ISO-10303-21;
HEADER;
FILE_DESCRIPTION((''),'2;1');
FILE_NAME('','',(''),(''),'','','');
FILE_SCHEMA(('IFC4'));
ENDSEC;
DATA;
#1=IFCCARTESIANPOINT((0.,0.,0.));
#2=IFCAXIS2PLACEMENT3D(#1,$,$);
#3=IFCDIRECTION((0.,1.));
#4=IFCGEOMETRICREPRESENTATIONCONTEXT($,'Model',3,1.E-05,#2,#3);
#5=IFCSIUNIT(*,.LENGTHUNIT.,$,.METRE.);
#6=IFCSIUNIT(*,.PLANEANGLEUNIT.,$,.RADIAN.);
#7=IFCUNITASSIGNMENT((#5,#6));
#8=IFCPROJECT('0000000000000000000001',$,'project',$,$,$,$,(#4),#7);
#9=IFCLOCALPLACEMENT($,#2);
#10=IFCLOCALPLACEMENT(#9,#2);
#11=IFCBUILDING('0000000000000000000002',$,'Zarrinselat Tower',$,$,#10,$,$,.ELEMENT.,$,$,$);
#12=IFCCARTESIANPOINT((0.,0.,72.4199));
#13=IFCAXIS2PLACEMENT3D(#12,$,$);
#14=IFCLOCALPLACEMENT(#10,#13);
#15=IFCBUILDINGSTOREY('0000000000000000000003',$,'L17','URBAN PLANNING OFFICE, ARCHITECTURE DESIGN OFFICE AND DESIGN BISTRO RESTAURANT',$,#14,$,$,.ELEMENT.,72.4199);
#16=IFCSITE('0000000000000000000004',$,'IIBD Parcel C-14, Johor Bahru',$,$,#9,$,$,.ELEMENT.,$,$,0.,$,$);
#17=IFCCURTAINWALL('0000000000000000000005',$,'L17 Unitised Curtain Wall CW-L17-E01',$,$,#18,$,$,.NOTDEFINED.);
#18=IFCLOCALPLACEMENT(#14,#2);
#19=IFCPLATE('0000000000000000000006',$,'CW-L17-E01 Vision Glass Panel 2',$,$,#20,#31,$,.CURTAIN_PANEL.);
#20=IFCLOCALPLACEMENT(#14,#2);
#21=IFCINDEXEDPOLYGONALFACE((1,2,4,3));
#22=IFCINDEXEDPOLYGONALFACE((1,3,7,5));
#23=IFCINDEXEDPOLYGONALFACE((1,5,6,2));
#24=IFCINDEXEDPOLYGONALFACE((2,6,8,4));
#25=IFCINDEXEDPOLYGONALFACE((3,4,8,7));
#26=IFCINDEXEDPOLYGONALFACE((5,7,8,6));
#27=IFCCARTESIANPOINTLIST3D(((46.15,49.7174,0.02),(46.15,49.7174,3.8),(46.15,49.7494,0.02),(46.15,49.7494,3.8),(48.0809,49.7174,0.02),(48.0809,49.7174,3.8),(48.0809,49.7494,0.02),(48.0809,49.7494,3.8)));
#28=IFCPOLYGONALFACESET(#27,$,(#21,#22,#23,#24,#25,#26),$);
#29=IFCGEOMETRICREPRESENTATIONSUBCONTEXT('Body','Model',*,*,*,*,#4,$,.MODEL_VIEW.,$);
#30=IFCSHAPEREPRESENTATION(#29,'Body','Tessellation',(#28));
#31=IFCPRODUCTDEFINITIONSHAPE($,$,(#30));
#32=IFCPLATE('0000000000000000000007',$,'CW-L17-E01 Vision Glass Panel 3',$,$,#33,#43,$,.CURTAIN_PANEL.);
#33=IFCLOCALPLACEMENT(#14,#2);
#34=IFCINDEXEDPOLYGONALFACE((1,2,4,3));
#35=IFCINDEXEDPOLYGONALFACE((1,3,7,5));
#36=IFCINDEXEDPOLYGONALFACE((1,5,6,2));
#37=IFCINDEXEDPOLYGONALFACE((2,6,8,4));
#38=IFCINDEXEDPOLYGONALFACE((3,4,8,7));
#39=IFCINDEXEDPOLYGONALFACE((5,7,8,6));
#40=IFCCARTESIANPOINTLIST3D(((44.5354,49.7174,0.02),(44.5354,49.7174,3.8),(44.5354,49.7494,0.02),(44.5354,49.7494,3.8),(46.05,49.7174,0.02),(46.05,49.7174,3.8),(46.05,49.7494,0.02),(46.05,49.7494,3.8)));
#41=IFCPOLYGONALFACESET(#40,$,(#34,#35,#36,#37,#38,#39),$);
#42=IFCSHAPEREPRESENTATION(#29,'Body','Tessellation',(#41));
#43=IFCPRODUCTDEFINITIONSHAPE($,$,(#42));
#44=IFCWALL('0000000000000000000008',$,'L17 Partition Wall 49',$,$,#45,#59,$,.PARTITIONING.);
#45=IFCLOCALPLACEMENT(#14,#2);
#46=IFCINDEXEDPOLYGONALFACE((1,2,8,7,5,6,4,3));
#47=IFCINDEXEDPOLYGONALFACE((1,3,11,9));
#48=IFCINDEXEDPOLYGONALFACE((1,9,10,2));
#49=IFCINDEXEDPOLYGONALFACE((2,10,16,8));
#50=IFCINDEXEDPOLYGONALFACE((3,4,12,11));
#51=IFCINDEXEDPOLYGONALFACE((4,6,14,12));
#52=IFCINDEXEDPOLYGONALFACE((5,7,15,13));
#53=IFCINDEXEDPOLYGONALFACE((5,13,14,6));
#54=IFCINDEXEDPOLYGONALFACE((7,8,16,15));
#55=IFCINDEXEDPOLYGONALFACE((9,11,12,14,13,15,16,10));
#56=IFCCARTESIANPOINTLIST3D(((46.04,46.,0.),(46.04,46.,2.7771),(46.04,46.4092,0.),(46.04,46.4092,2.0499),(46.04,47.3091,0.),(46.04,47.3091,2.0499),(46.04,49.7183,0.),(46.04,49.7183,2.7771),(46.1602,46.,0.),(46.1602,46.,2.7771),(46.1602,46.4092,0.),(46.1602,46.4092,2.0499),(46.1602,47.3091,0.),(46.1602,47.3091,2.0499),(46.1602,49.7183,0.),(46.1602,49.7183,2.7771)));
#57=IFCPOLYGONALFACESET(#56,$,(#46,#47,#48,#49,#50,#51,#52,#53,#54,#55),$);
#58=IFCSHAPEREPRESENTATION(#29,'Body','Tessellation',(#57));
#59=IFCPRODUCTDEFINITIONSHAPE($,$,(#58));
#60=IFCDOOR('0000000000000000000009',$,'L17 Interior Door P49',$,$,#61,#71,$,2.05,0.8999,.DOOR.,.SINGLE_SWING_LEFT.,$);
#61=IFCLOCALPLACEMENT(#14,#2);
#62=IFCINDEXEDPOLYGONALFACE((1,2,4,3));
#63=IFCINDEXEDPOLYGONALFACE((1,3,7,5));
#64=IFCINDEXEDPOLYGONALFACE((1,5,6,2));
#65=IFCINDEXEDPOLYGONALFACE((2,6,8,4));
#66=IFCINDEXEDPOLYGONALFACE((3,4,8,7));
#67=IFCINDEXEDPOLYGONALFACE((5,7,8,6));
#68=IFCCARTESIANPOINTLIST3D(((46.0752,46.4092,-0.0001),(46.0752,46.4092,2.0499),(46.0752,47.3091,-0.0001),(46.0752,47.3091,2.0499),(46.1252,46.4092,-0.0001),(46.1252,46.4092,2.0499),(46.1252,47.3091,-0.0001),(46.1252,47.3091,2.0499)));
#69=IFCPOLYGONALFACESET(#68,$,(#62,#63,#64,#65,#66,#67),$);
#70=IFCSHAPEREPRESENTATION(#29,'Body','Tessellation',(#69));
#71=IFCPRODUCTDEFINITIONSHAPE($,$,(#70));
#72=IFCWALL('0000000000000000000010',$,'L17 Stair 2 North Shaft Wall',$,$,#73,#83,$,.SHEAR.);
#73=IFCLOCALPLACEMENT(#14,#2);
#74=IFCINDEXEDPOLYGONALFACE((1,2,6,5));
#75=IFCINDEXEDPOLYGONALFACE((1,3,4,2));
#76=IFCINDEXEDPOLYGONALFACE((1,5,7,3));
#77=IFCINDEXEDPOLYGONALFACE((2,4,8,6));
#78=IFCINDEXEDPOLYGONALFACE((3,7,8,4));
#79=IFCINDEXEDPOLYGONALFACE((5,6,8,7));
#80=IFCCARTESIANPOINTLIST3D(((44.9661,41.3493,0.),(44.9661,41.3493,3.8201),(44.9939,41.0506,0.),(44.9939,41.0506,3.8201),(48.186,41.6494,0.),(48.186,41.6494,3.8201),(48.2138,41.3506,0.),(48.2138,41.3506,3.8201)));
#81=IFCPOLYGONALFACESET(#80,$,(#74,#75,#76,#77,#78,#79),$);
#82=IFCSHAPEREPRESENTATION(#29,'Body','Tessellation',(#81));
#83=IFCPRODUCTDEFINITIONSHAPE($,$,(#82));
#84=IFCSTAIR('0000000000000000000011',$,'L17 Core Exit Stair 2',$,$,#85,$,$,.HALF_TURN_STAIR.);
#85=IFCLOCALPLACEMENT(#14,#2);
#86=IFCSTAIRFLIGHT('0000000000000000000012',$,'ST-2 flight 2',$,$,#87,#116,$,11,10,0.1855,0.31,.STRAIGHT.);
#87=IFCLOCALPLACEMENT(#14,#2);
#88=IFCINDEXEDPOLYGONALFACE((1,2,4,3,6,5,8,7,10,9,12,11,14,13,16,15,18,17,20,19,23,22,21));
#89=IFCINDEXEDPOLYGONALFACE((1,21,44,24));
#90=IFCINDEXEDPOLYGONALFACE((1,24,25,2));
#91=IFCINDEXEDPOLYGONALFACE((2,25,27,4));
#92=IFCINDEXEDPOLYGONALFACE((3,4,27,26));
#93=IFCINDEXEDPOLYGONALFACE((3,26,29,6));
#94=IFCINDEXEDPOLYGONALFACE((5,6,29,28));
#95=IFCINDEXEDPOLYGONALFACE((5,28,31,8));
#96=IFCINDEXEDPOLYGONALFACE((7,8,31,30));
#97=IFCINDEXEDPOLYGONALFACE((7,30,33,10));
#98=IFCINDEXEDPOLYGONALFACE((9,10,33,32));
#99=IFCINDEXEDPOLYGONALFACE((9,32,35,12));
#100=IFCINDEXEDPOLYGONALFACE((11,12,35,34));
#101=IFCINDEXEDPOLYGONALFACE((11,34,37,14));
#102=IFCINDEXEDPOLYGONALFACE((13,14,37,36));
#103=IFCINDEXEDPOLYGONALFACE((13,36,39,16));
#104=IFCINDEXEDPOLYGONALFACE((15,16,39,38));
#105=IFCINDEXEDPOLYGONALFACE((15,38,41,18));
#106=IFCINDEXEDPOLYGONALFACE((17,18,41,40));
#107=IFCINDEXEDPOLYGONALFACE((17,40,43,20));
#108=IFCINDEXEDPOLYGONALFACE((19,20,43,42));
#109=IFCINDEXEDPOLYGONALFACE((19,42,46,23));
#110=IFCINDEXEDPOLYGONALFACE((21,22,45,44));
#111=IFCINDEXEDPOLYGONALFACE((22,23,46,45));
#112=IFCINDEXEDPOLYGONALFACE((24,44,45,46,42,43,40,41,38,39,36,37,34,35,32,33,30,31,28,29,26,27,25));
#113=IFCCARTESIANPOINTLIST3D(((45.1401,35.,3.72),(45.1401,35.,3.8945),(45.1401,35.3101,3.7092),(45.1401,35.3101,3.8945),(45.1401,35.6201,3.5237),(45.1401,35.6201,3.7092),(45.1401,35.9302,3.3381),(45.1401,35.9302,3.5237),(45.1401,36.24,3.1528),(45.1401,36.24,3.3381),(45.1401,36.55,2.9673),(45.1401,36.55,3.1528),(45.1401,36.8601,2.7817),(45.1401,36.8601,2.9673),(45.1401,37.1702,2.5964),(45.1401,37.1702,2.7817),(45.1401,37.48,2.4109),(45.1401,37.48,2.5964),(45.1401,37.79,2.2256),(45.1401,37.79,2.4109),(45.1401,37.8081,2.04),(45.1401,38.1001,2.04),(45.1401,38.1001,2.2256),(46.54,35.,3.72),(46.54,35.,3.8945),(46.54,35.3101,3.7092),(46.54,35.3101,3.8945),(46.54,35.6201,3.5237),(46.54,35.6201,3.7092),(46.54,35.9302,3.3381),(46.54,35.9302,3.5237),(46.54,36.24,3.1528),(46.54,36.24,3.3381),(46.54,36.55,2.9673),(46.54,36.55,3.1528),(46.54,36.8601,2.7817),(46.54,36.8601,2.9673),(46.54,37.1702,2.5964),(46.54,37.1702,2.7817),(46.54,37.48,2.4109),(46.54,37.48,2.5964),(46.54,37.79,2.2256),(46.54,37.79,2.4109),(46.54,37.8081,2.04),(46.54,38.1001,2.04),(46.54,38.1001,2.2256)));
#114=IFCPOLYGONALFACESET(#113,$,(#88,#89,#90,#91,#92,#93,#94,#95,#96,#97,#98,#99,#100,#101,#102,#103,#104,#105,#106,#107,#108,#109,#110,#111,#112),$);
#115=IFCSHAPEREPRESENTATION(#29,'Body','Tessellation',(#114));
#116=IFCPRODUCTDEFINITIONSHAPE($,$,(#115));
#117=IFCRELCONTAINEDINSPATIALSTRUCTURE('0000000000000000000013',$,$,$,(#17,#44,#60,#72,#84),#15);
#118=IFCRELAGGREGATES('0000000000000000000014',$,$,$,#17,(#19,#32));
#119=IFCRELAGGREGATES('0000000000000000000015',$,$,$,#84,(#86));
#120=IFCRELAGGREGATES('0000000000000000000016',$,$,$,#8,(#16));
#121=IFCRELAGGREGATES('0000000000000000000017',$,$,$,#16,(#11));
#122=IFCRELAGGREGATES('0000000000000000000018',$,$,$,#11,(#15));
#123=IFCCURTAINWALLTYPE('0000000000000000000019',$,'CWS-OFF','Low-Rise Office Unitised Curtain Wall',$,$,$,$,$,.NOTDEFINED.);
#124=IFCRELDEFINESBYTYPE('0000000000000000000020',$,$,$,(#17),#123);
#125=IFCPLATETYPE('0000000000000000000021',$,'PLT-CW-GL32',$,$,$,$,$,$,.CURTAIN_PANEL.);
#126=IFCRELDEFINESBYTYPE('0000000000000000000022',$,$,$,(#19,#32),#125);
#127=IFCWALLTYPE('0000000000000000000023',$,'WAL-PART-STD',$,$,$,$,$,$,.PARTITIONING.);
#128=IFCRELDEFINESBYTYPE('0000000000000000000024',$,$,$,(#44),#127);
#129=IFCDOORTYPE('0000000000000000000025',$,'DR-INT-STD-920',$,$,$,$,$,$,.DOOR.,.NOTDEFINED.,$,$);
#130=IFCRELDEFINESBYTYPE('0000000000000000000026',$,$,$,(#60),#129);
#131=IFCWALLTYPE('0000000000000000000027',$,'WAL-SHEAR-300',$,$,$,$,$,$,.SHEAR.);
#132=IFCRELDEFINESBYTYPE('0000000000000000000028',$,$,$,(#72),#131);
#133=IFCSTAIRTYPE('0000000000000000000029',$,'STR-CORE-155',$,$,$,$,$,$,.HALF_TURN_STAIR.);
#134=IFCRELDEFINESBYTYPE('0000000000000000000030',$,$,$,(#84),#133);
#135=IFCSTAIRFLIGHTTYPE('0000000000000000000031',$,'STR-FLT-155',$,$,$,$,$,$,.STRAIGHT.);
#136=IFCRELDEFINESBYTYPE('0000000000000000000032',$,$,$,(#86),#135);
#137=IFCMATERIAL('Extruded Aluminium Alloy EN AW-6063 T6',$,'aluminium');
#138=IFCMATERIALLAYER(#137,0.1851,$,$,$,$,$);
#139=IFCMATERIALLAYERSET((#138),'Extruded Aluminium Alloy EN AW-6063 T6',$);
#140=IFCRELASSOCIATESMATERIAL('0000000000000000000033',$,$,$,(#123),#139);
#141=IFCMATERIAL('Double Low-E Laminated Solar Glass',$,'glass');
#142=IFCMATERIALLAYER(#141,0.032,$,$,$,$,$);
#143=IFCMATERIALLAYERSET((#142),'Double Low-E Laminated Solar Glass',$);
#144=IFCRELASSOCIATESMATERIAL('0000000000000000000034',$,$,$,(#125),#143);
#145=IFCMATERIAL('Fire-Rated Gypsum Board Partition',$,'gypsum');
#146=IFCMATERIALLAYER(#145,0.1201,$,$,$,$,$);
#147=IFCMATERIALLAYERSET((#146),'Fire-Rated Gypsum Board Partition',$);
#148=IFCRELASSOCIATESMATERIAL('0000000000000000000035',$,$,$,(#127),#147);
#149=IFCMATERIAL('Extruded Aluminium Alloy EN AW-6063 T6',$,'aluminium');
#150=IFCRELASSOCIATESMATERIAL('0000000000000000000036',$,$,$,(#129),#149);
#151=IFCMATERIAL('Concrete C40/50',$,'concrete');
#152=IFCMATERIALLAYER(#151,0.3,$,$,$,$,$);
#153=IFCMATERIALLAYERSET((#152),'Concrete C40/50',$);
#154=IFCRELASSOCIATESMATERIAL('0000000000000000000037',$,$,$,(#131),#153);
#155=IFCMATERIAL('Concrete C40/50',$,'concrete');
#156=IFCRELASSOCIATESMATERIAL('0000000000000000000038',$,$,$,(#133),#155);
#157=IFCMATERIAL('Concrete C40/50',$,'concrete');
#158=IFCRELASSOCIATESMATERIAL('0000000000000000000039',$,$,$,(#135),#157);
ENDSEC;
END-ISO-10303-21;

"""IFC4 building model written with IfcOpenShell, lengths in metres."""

from ifc_helpers import new_model, si_unit, direction, frame, frame_2d, origin, origin_2d, place, context, subcontext, project, spatial, polyline, rectangle, outline, extrude, material, layer, layer_set, type_object, element, fill, aggregate, save


model = new_model("IFC4")

# Units and contexts
model_context = context("Model", 3, precision=1e-05, world=origin(), true_north=direction((0.0, 1.0)))
body_context = subcontext(model_context, "Body", "Model", "MODEL_VIEW")
ifc_project = project(units=[si_unit("LENGTHUNIT", "METRE"), si_unit("PLANEANGLEUNIT", "RADIAN")], contexts=[model_context])

# Site, building, storey
site_placement = place(None, origin())
site = spatial("IfcSite", under=ifc_project, at=site_placement, Name="IIBD Parcel C-14, Johor Bahru", CompositionType="ELEMENT", RefElevation=0.0)
building_placement = place(site_placement, origin())
building = spatial("IfcBuilding", under=site, at=building_placement, Name="Zarrinselat Tower", CompositionType="ELEMENT")
storey_placement = place(building_placement, frame((0.0, 0.0, 72.4199)))
storey = spatial("IfcBuildingStorey", under=building, at=storey_placement, Name="L17", Description="URBAN PLANNING OFFICE, ARCHITECTURE DESIGN OFFICE AND DESIGN BISTRO RESTAURANT", CompositionType="ELEMENT", Elevation=72.4199)

# Curtain wall, plates
ifc_material_1 = material(Name="Extruded Aluminium Alloy EN AW-6063 T6", Category="aluminium")
ifc_layer_1 = layer(ifc_material_1, 0.1851)
ifc_layer_set_1 = layer_set([ifc_layer_1], Name="Extruded Aluminium Alloy EN AW-6063 T6")
curtain_wall_type = type_object("IfcCurtainWallType", Name="CWS-OFF", Description="Low-Rise Office Unitised Curtain Wall", PredefinedType="NOTDEFINED", material=ifc_layer_set_1)
curtain_wall_placement = place(storey_placement, origin())
curtain_wall = element("IfcCurtainWall", 1, at=curtain_wall_placement, inside=storey, type_object=curtain_wall_type, Name="L17 Unitised Curtain Wall CW-L17-E01", PredefinedType="NOTDEFINED")
ifc_material_2 = material(Name="Double Low-E Laminated Solar Glass", Category="glass")
ifc_layer_2 = layer(ifc_material_2, 0.032)
ifc_layer_set_2 = layer_set([ifc_layer_2], Name="Double Low-E Laminated Solar Glass")
plate_type = type_object("IfcPlateType", Name="PLT-CW-GL32", PredefinedType="CURTAIN_PANEL", material=ifc_layer_set_2)
plate_1_placement = place(storey_placement, frame((47.1155, 49.7334, 0.02), z_axis=(0.0, 0.0, 1.0), x_axis=(-1.0, 0.0, 0.0)))
plate_1 = element("IfcPlate", 2, at=plate_1_placement, type_object=plate_type, Name="CW-L17-E01 Vision Glass Panel 2", PredefinedType="CURTAIN_PANEL", context=body_context, shape_type="SweptSolid", body=[
    extrude(rectangle(XDim=1.9309, YDim=0.032, at=origin_2d()), origin(), (0.0, 0.0, 1.0), 3.78),
])
plate_2_placement = place(storey_placement, frame((45.2927, 49.7334, 0.02), z_axis=(0.0, 0.0, 1.0), x_axis=(-1.0, 0.0, 0.0)))
plate_2 = element("IfcPlate", 3, at=plate_2_placement, type_object=plate_type, Name="CW-L17-E01 Vision Glass Panel 3", PredefinedType="CURTAIN_PANEL", context=body_context, shape_type="SweptSolid", body=[
    extrude(rectangle(XDim=1.5146, YDim=0.032, at=origin_2d()), origin(), (0.0, 0.0, 1.0), 3.78),
])
aggregate(curtain_wall, [plate_1, plate_2])

# Wall, opening, door
ifc_material_3 = material(Name="Fire-Rated Gypsum Board Partition", Category="gypsum")
ifc_layer_3 = layer(ifc_material_3, 0.1201)
ifc_layer_set_3 = layer_set([ifc_layer_3], Name="Fire-Rated Gypsum Board Partition")
wall_type_1 = type_object("IfcWallType", Name="WAL-PART-STD", PredefinedType="PARTITIONING", material=ifc_layer_set_3)
wall_1_placement = place(storey_placement, frame((46.1001, 46.0, 0.0), z_axis=(0.0, 0.0, 1.0), x_axis=(0.0, 1.0, 0.0)))
wall_1 = element("IfcWall", 4, at=wall_1_placement, inside=storey, type_object=wall_type_1, Name="L17 Partition Wall 49", PredefinedType="PARTITIONING", context=body_context, shape_type="SweptSolid", body=[
    extrude(rectangle(XDim=3.7183, YDim=0.1201, at=frame_2d((1.8591, 0.0))), origin(), (0.0, 0.0, 1.0), 2.7771),
])
opening_placement = place(wall_1_placement, frame((0.4092, 0.0, 0.0)))
opening = element("IfcOpeningElement", 5, at=opening_placement, cuts=wall_1, PredefinedType="OPENING", context=body_context, shape_type="SweptSolid", body=[
    extrude(rectangle(XDim=0.8999, YDim=2.05, at=frame_2d((0.45, 1.0249))), frame((0.0, 0.0701, 0.0), z_axis=(0.0, -1.0, 0.0), x_axis=(1.0, 0.0, 0.0)), (0.0, 0.0, 1.0), 0.1401),
])
ifc_material_4 = material(Name="Extruded Aluminium Alloy EN AW-6063 T6", Category="aluminium")
door_type = type_object("IfcDoorType", Name="DR-INT-STD-920", OperationType="NOTDEFINED", PredefinedType="DOOR", material=ifc_material_4)
door_placement = place(opening_placement, origin())
door = element("IfcDoor", 6, at=door_placement, inside=storey, type_object=door_type, Name="L17 Interior Door P49", OperationType="SINGLE_SWING_LEFT", OverallHeight=2.05, OverallWidth=0.8999, PredefinedType="DOOR", context=body_context, shape_type="SweptSolid", body=[
    extrude(rectangle(XDim=0.8999, YDim=2.05, at=frame_2d((0.45, 1.0249))), frame((0.0, 0.0249, 0.0), z_axis=(0.0, -1.0, 0.0), x_axis=(1.0, 0.0, 0.0)), (0.0, 0.0, 1.0), 0.05),
])
fill(opening, door)

# Wall
ifc_material_5 = material(Name="Concrete C40/50", Category="concrete")
ifc_layer_4 = layer(ifc_material_5, 0.3)
ifc_layer_set_4 = layer_set([ifc_layer_4], Name="Concrete C40/50")
wall_type_2 = type_object("IfcWallType", Name="WAL-SHEAR-300", PredefinedType="SHEAR", material=ifc_layer_set_4)
wall_2_placement = place(storey_placement, frame((44.98, 41.2, 0.0), z_axis=(0.0, 0.0, 1.0), x_axis=(0.995686, 0.092782, 0.0)))
element("IfcWall", 7, at=wall_2_placement, inside=storey, type_object=wall_type_2, Name="L17 Stair 2 North Shaft Wall", PredefinedType="SHEAR", context=body_context, shape_type="SweptSolid", body=[
    extrude(rectangle(XDim=3.2339, YDim=0.3, at=frame_2d((1.6169, 0.0))), origin(), (0.0, 0.0, 1.0), 3.8201),
])

# Stair, stair flight
ifc_material_6 = material(Name="Concrete C40/50", Category="concrete")
stair_type = type_object("IfcStairType", Name="STR-CORE-155", PredefinedType="HALF_TURN_STAIR", material=ifc_material_6)
stair_placement = place(storey_placement, origin())
stair = element("IfcStair", 8, at=stair_placement, inside=storey, type_object=stair_type, Name="L17 Core Exit Stair 2", PredefinedType="HALF_TURN_STAIR")
ifc_material_7 = material(Name="Concrete C40/50", Category="concrete")
stair_flight_type = type_object("IfcStairFlightType", Name="STR-FLT-155", PredefinedType="STRAIGHT", material=ifc_material_7)
stair_flight_placement = place(storey_placement, frame((45.8401, 38.1001, 2.04), z_axis=(0.0, 0.0, 1.0), x_axis=(0.0, -1.0, 0.0)))
stair_flight = element("IfcStairFlight", 9, at=stair_flight_placement, type_object=stair_flight_type, Name="ST-2 flight 2", NumberOfRisers=11, NumberOfTreads=10, PredefinedType="STRAIGHT", RiserHeight=0.1855, TreadLength=0.31, context=body_context, shape_type="SweptSolid", body=[
    extrude(outline(polyline([(0.0, 0.0), (0.0, 0.1855), (0.3101, 0.1855), (0.3101, 0.3708), (0.6201, 0.3708), (0.6201, 0.5564), (0.9299, 0.5564), (0.9299, 0.7417), (1.24, 0.7417), (1.24, 0.9272), (1.55, 0.9272), (1.55, 1.1128), (1.8601, 1.1128), (1.8601, 1.2981), (2.1699, 1.2981), (2.1699, 1.4836), (2.48, 1.4836), (2.48, 1.6692), (2.79, 1.6692), (2.79, 1.8545), (3.1001, 1.8545), (3.1001, 2.04), (3.1001, 1.6799), (0.292, 0.0), (0.0, 0.0)])), frame((0.0, 0.7, 0.0), z_axis=(0.0, -1.0, 0.0), x_axis=(1.0, 0.0, 0.0)), (0.0, 0.0, 1.0), 1.3999),
])
aggregate(stair, [stair_flight])

save(model, "model.ifc")
